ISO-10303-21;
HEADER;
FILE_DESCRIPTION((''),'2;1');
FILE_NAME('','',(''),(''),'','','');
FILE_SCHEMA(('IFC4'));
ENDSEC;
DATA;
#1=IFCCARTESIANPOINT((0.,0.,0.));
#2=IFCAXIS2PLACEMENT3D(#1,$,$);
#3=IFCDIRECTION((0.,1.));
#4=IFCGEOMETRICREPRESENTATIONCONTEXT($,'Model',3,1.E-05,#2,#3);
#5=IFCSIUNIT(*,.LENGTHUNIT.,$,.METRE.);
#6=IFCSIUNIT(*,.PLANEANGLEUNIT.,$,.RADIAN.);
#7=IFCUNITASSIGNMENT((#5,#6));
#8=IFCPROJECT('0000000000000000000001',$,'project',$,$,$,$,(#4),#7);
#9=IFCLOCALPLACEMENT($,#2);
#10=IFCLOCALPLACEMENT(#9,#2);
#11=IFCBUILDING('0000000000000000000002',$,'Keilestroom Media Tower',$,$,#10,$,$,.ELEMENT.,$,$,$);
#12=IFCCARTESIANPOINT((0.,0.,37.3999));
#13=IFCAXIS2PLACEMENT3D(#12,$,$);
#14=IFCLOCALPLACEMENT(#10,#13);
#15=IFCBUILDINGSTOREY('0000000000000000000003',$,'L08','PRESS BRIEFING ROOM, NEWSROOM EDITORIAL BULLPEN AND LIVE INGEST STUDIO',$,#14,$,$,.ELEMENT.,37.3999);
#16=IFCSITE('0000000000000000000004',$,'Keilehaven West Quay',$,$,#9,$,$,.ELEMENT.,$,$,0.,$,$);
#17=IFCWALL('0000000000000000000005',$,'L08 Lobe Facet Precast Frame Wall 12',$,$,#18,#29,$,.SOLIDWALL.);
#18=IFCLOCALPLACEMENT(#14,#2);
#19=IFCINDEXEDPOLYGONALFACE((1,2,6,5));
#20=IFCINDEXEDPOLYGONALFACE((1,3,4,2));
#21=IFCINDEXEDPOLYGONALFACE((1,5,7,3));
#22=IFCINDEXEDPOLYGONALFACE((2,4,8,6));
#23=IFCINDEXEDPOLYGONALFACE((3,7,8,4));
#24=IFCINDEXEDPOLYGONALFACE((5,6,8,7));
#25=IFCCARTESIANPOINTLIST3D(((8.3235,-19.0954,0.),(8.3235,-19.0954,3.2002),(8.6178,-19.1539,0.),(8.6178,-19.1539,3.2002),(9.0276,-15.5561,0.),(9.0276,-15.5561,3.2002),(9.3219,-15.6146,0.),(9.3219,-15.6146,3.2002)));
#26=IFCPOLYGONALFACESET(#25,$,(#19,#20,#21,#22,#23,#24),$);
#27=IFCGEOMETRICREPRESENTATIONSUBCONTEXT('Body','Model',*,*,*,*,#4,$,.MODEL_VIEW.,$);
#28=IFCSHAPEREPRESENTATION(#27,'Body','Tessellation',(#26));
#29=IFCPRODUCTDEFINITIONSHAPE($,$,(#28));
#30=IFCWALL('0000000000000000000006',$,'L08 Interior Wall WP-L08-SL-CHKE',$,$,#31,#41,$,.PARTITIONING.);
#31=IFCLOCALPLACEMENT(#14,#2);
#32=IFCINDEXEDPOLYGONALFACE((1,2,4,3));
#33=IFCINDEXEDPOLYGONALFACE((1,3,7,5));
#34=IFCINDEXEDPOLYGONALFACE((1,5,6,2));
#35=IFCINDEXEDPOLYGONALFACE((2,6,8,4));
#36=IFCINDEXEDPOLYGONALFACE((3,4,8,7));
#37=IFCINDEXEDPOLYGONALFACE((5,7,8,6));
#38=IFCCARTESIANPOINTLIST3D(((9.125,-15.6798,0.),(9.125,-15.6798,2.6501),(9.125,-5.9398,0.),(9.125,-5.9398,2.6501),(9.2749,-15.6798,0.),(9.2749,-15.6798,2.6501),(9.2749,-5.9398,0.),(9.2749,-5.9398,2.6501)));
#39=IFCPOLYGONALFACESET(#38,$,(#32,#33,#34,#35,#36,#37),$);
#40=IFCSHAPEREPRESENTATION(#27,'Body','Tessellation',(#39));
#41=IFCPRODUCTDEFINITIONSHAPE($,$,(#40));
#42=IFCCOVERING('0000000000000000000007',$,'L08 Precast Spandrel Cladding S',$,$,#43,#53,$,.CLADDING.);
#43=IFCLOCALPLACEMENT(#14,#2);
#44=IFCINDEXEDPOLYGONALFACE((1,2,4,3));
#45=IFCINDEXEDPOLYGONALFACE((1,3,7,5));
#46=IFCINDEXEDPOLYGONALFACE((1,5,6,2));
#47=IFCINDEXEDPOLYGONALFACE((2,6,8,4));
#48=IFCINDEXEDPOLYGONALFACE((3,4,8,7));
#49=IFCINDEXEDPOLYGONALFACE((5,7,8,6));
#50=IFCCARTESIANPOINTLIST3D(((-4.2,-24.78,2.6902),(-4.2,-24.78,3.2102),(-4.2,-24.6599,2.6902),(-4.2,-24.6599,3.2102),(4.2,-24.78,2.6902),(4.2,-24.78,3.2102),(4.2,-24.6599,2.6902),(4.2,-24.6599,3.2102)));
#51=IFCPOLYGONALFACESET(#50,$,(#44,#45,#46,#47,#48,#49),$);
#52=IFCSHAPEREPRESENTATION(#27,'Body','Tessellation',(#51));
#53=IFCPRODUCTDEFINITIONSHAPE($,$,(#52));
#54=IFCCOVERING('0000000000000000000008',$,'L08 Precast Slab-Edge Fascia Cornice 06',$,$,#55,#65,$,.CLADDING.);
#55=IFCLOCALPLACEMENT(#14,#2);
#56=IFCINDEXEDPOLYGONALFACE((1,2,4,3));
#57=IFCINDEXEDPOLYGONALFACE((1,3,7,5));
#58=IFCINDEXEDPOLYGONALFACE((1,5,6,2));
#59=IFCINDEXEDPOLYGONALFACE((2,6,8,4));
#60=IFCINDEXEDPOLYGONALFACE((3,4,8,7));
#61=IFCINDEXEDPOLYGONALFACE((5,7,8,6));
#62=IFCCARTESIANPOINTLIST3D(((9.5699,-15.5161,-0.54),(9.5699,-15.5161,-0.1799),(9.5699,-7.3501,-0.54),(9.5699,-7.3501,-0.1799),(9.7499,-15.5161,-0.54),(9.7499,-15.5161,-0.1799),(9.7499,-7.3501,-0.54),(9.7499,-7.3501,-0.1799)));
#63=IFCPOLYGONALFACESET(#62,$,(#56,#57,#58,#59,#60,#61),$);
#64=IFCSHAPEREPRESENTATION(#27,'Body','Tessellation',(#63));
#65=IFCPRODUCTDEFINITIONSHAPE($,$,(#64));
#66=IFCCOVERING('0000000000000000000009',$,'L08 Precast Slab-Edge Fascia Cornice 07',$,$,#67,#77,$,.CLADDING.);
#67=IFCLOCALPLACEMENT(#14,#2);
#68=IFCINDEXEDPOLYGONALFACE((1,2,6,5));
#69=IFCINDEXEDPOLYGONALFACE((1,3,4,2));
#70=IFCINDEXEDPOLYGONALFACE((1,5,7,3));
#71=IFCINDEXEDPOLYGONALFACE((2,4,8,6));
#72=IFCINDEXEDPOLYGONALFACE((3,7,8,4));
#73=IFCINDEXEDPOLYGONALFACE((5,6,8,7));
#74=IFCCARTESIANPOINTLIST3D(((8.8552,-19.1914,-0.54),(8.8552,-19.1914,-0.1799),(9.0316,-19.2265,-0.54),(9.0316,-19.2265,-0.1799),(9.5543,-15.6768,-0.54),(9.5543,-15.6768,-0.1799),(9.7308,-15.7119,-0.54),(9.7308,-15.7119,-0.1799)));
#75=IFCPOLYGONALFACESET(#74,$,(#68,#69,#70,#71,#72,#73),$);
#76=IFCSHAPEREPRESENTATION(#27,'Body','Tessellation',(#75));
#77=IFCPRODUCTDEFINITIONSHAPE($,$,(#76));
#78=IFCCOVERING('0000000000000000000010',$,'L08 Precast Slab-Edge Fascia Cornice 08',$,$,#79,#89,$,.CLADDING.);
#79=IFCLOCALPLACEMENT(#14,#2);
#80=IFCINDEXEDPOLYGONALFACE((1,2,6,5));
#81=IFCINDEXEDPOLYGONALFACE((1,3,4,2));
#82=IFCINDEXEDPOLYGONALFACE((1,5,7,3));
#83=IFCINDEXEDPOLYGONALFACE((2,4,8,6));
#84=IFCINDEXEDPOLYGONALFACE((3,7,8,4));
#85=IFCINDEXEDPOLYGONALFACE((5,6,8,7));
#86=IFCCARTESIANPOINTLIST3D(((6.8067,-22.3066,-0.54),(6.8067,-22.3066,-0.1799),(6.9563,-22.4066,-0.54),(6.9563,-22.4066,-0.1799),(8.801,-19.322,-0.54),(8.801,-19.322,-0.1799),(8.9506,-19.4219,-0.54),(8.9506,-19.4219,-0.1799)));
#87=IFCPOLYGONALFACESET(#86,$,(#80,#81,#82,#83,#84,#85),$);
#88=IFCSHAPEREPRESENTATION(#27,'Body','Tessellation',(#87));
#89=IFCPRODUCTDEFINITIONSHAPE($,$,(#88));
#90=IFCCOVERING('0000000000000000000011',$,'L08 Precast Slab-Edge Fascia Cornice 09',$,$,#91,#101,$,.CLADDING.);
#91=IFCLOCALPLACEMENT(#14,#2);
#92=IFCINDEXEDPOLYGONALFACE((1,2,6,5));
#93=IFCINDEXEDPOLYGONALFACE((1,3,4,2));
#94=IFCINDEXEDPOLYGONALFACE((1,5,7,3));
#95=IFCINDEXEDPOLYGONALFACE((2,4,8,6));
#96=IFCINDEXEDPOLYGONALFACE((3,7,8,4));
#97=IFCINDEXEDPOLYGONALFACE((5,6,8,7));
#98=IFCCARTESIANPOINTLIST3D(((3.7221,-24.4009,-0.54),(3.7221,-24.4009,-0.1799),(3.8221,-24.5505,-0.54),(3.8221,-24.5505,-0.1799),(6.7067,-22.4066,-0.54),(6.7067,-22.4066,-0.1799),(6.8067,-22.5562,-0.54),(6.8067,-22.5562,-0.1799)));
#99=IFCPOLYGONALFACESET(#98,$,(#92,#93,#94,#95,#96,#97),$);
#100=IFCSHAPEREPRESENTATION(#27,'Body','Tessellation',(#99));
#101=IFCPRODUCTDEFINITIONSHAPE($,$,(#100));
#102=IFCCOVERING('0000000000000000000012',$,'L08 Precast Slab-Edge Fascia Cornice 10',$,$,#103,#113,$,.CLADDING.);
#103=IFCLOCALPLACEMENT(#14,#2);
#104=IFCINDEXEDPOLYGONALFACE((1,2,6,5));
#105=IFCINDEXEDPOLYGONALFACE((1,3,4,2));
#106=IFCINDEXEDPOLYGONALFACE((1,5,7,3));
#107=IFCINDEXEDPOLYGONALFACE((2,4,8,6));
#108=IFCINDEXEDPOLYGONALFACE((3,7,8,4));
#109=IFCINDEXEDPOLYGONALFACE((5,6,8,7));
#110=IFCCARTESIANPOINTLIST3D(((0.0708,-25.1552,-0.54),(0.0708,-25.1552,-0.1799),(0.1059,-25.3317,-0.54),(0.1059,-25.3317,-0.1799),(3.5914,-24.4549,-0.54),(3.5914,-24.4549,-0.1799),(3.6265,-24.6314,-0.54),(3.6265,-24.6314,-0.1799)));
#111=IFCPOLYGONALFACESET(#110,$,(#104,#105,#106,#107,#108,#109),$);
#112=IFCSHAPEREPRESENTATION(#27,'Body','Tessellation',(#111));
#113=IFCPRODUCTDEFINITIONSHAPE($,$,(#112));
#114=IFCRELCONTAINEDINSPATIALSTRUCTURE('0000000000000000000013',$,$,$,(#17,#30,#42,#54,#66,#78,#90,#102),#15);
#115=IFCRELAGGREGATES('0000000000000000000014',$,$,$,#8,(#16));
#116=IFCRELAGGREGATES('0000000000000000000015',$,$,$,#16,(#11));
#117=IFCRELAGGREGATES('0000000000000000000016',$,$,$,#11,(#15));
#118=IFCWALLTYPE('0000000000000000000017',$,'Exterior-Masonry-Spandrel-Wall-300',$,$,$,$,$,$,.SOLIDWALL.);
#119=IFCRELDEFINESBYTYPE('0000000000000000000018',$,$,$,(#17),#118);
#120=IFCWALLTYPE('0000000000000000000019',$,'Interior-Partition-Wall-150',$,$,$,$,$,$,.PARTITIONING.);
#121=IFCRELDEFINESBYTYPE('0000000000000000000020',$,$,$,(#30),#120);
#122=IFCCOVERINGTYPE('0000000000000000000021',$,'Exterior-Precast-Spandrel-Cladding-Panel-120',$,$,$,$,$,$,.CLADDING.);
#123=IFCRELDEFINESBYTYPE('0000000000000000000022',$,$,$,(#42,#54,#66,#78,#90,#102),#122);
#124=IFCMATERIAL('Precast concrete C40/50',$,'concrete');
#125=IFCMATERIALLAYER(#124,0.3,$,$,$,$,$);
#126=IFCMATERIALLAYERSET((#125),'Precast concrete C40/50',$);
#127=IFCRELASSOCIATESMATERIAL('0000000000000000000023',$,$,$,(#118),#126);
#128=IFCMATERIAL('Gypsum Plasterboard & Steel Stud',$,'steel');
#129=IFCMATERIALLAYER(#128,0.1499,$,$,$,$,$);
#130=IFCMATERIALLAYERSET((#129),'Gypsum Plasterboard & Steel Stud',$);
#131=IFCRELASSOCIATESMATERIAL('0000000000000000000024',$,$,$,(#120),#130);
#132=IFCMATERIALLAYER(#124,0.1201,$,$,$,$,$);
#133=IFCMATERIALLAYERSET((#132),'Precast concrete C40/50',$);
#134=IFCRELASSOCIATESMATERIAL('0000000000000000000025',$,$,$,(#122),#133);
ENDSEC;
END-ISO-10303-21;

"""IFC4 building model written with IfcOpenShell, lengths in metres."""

from ifc_helpers import new_model, si_unit, direction, frame, frame_2d, origin, origin_2d, place, context, subcontext, project, spatial, rectangle, extrude, source, transform, mapped, material, layer, layer_set, type_object, element, save


model = new_model("IFC4")

# Units and contexts
model_context = context("Model", 3, precision=1e-05, world=origin(), true_north=direction((0.0, 1.0)))
body_context = subcontext(model_context, "Body", "Model", "MODEL_VIEW")
ifc_project = project(units=[si_unit("LENGTHUNIT", "METRE"), si_unit("PLANEANGLEUNIT", "RADIAN")], contexts=[model_context])

# Site, building, storey
site_placement = place(None, origin())
site = spatial("IfcSite", under=ifc_project, at=site_placement, Name="Keilehaven West Quay", CompositionType="ELEMENT", RefElevation=0.0)
building_placement = place(site_placement, origin())
building = spatial("IfcBuilding", under=site, at=building_placement, Name="Keilestroom Media Tower", CompositionType="ELEMENT")
storey_placement = place(building_placement, frame((0.0, 0.0, 37.3999)))
storey = spatial("IfcBuildingStorey", under=building, at=storey_placement, Name="L08", Description="PRESS BRIEFING ROOM, NEWSROOM EDITORIAL BULLPEN AND LIVE INGEST STUDIO", CompositionType="ELEMENT", Elevation=37.3999)

# Walls
ifc_material_1 = material(Name="Precast concrete C40/50", Category="concrete")
ifc_layer_1 = layer(ifc_material_1, 0.3)
ifc_layer_set_1 = layer_set([ifc_layer_1], Name="Precast concrete C40/50")
wall_type_1 = type_object("IfcWallType", Name="Exterior-Masonry-Spandrel-Wall-300", PredefinedType="SOLIDWALL", material=ifc_layer_set_1)
for number, where, z_axis, x_axis, name in (
    (1, (8.4707, -19.1245, 0.0), (0.0, 0.0, 1.0), (0.195114, 0.980781, 0.0), "L08 Lobe Facet Precast Frame Wall 12"),
):
    element("IfcWall", number, at=place(storey_placement, frame(where, z_axis=z_axis, x_axis=x_axis)), inside=storey, type_object=wall_type_1, Name=name, PredefinedType="SOLIDWALL", context=body_context, shape_type="SweptSolid", body=[
        extrude(rectangle(XDim=3.6086, YDim=0.3, at=frame_2d((1.8042, 0.0))), origin(), (0.0, 0.0, 1.0), 3.2002),
    ])
ifc_material_2 = material(Name="Gypsum Plasterboard & Steel Stud", Category="steel")
ifc_layer_2 = layer(ifc_material_2, 0.1499)
ifc_layer_set_2 = layer_set([ifc_layer_2], Name="Gypsum Plasterboard & Steel Stud")
wall_type_2 = type_object("IfcWallType", Name="Interior-Partition-Wall-150", PredefinedType="PARTITIONING", material=ifc_layer_set_2)
wall_1_placement = place(storey_placement, frame((9.2, -15.6799, 0.0), z_axis=(0.0, 0.0, 1.0), x_axis=(0.0, 1.0, 0.0)))
element("IfcWall", 2, at=wall_1_placement, inside=storey, type_object=wall_type_2, Name="L08 Interior Wall WP-L08-SL-CHKE", PredefinedType="PARTITIONING", context=body_context, shape_type="SweptSolid", body=[
    extrude(rectangle(XDim=9.74, YDim=0.1499, at=frame_2d((4.8701, 0.0))), origin(), (0.0, 0.0, 1.0), 2.6501),
])

# Coverings
ifc_layer_3 = layer(ifc_material_1, 0.1201)
ifc_layer_set_3 = layer_set([ifc_layer_3], Name="Precast concrete C40/50")
covering_type = type_object("IfcCoveringType", Name="Exterior-Precast-Spandrel-Cladding-Panel-120", PredefinedType="CLADDING", material=ifc_layer_set_3)
shared_shape_1 = source(origin(), body_context, "Body", "SweptSolid", [
    extrude(rectangle(XDim=8.3999, YDim=0.1201, at=origin_2d()), origin(), (0.0, 0.0, 1.0), 0.52),
])
covering_1_placement = place(storey_placement, frame((0.0, -24.72, 2.6902), z_axis=(0.0, 0.0, 1.0), x_axis=(1.0, 0.0, 0.0)))
element("IfcCovering", 3, at=covering_1_placement, inside=storey, type_object=covering_type, Name="L08 Precast Spandrel Cladding S", PredefinedType="CLADDING", context=body_context, shape_type="MappedRepresentation", body=[
    mapped(shared_shape_1, transform((0.0, 0.0, 0.0), x_axis=(1.0, 0.0, 0.0), y_axis=(0.0, 1.0, 0.0), z_axis=(0.0, 0.0, 1.0), scale=1.0)),
])
shared_shape_2 = source(origin(), body_context, "Body", "SweptSolid", [
    extrude(rectangle(XDim=8.166, YDim=0.1799, at=origin_2d()), origin(), (0.0, 0.0, 1.0), 0.3601),
])
covering_2_placement = place(storey_placement, frame((9.6599, -11.4331, -0.54), z_axis=(0.0, 0.0, 1.0), x_axis=(0.0, -1.0, 0.0)))
element("IfcCovering", 4, at=covering_2_placement, inside=storey, type_object=covering_type, Name="L08 Precast Slab-Edge Fascia Cornice 06", PredefinedType="CLADDING", context=body_context, shape_type="MappedRepresentation", body=[
    mapped(shared_shape_2, transform((0.0, 0.0, 0.0), x_axis=(1.0, 0.0, 0.0), y_axis=(0.0, 1.0, 0.0), z_axis=(0.0, 0.0, 1.0), scale=1.0)),
])
shared_shape_3 = source(origin(), body_context, "Body", "SweptSolid", [
    extrude(rectangle(XDim=3.5835, YDim=0.1799, at=origin_2d()), origin(), (0.0, 0.0, 1.0), 0.3601),
])
covering_3_placement = place(storey_placement, frame((9.293, -17.4517, -0.54), z_axis=(0.0, 0.0, 1.0), x_axis=(-0.195099, -0.980784, 0.0)))
element("IfcCovering", 5, at=covering_3_placement, inside=storey, type_object=covering_type, Name="L08 Precast Slab-Edge Fascia Cornice 07", PredefinedType="CLADDING", context=body_context, shape_type="MappedRepresentation", body=[
    mapped(shared_shape_3, transform((0.0, 0.0, 0.0), x_axis=(1.0, 0.0, 0.0), y_axis=(0.0, 1.0, 0.0), z_axis=(0.0, 0.0, 1.0), scale=1.0)),
])
shared_shape_4 = source(origin(), body_context, "Body", "SweptSolid", [
    extrude(rectangle(XDim=3.5896, YDim=0.1799, at=origin_2d()), origin(), (0.0, 0.0, 1.0), 0.3601),
])
for number, where, z_axis, x_axis, name in (
    (6, (7.8787, -20.8643, -0.54), (0.0, 0.0, 1.0), (-0.555575, -0.831467, 0.0), "L08 Precast Slab-Edge Fascia Cornice 08"),
    (7, (5.2644, -23.4785, -0.54), (0.0, 0.0, 1.0), (-0.831467, -0.555575, 0.0), "L08 Precast Slab-Edge Fascia Cornice 09"),
    (8, (1.8486, -24.8933, -0.54), (0.0, 0.0, 1.0), (-0.980784, -0.195099, 0.0), "L08 Precast Slab-Edge Fascia Cornice 10"),
):
    element("IfcCovering", number, at=place(storey_placement, frame(where, z_axis=z_axis, x_axis=x_axis)), inside=storey, type_object=covering_type, Name=name, PredefinedType="CLADDING", context=body_context, shape_type="MappedRepresentation", body=[
        mapped(shared_shape_4, transform((0.0, 0.0, 0.0), x_axis=(1.0, 0.0, 0.0), y_axis=(0.0, 1.0, 0.0), z_axis=(0.0, 0.0, 1.0), scale=1.0)),
    ])

save(model, "model.ifc")
